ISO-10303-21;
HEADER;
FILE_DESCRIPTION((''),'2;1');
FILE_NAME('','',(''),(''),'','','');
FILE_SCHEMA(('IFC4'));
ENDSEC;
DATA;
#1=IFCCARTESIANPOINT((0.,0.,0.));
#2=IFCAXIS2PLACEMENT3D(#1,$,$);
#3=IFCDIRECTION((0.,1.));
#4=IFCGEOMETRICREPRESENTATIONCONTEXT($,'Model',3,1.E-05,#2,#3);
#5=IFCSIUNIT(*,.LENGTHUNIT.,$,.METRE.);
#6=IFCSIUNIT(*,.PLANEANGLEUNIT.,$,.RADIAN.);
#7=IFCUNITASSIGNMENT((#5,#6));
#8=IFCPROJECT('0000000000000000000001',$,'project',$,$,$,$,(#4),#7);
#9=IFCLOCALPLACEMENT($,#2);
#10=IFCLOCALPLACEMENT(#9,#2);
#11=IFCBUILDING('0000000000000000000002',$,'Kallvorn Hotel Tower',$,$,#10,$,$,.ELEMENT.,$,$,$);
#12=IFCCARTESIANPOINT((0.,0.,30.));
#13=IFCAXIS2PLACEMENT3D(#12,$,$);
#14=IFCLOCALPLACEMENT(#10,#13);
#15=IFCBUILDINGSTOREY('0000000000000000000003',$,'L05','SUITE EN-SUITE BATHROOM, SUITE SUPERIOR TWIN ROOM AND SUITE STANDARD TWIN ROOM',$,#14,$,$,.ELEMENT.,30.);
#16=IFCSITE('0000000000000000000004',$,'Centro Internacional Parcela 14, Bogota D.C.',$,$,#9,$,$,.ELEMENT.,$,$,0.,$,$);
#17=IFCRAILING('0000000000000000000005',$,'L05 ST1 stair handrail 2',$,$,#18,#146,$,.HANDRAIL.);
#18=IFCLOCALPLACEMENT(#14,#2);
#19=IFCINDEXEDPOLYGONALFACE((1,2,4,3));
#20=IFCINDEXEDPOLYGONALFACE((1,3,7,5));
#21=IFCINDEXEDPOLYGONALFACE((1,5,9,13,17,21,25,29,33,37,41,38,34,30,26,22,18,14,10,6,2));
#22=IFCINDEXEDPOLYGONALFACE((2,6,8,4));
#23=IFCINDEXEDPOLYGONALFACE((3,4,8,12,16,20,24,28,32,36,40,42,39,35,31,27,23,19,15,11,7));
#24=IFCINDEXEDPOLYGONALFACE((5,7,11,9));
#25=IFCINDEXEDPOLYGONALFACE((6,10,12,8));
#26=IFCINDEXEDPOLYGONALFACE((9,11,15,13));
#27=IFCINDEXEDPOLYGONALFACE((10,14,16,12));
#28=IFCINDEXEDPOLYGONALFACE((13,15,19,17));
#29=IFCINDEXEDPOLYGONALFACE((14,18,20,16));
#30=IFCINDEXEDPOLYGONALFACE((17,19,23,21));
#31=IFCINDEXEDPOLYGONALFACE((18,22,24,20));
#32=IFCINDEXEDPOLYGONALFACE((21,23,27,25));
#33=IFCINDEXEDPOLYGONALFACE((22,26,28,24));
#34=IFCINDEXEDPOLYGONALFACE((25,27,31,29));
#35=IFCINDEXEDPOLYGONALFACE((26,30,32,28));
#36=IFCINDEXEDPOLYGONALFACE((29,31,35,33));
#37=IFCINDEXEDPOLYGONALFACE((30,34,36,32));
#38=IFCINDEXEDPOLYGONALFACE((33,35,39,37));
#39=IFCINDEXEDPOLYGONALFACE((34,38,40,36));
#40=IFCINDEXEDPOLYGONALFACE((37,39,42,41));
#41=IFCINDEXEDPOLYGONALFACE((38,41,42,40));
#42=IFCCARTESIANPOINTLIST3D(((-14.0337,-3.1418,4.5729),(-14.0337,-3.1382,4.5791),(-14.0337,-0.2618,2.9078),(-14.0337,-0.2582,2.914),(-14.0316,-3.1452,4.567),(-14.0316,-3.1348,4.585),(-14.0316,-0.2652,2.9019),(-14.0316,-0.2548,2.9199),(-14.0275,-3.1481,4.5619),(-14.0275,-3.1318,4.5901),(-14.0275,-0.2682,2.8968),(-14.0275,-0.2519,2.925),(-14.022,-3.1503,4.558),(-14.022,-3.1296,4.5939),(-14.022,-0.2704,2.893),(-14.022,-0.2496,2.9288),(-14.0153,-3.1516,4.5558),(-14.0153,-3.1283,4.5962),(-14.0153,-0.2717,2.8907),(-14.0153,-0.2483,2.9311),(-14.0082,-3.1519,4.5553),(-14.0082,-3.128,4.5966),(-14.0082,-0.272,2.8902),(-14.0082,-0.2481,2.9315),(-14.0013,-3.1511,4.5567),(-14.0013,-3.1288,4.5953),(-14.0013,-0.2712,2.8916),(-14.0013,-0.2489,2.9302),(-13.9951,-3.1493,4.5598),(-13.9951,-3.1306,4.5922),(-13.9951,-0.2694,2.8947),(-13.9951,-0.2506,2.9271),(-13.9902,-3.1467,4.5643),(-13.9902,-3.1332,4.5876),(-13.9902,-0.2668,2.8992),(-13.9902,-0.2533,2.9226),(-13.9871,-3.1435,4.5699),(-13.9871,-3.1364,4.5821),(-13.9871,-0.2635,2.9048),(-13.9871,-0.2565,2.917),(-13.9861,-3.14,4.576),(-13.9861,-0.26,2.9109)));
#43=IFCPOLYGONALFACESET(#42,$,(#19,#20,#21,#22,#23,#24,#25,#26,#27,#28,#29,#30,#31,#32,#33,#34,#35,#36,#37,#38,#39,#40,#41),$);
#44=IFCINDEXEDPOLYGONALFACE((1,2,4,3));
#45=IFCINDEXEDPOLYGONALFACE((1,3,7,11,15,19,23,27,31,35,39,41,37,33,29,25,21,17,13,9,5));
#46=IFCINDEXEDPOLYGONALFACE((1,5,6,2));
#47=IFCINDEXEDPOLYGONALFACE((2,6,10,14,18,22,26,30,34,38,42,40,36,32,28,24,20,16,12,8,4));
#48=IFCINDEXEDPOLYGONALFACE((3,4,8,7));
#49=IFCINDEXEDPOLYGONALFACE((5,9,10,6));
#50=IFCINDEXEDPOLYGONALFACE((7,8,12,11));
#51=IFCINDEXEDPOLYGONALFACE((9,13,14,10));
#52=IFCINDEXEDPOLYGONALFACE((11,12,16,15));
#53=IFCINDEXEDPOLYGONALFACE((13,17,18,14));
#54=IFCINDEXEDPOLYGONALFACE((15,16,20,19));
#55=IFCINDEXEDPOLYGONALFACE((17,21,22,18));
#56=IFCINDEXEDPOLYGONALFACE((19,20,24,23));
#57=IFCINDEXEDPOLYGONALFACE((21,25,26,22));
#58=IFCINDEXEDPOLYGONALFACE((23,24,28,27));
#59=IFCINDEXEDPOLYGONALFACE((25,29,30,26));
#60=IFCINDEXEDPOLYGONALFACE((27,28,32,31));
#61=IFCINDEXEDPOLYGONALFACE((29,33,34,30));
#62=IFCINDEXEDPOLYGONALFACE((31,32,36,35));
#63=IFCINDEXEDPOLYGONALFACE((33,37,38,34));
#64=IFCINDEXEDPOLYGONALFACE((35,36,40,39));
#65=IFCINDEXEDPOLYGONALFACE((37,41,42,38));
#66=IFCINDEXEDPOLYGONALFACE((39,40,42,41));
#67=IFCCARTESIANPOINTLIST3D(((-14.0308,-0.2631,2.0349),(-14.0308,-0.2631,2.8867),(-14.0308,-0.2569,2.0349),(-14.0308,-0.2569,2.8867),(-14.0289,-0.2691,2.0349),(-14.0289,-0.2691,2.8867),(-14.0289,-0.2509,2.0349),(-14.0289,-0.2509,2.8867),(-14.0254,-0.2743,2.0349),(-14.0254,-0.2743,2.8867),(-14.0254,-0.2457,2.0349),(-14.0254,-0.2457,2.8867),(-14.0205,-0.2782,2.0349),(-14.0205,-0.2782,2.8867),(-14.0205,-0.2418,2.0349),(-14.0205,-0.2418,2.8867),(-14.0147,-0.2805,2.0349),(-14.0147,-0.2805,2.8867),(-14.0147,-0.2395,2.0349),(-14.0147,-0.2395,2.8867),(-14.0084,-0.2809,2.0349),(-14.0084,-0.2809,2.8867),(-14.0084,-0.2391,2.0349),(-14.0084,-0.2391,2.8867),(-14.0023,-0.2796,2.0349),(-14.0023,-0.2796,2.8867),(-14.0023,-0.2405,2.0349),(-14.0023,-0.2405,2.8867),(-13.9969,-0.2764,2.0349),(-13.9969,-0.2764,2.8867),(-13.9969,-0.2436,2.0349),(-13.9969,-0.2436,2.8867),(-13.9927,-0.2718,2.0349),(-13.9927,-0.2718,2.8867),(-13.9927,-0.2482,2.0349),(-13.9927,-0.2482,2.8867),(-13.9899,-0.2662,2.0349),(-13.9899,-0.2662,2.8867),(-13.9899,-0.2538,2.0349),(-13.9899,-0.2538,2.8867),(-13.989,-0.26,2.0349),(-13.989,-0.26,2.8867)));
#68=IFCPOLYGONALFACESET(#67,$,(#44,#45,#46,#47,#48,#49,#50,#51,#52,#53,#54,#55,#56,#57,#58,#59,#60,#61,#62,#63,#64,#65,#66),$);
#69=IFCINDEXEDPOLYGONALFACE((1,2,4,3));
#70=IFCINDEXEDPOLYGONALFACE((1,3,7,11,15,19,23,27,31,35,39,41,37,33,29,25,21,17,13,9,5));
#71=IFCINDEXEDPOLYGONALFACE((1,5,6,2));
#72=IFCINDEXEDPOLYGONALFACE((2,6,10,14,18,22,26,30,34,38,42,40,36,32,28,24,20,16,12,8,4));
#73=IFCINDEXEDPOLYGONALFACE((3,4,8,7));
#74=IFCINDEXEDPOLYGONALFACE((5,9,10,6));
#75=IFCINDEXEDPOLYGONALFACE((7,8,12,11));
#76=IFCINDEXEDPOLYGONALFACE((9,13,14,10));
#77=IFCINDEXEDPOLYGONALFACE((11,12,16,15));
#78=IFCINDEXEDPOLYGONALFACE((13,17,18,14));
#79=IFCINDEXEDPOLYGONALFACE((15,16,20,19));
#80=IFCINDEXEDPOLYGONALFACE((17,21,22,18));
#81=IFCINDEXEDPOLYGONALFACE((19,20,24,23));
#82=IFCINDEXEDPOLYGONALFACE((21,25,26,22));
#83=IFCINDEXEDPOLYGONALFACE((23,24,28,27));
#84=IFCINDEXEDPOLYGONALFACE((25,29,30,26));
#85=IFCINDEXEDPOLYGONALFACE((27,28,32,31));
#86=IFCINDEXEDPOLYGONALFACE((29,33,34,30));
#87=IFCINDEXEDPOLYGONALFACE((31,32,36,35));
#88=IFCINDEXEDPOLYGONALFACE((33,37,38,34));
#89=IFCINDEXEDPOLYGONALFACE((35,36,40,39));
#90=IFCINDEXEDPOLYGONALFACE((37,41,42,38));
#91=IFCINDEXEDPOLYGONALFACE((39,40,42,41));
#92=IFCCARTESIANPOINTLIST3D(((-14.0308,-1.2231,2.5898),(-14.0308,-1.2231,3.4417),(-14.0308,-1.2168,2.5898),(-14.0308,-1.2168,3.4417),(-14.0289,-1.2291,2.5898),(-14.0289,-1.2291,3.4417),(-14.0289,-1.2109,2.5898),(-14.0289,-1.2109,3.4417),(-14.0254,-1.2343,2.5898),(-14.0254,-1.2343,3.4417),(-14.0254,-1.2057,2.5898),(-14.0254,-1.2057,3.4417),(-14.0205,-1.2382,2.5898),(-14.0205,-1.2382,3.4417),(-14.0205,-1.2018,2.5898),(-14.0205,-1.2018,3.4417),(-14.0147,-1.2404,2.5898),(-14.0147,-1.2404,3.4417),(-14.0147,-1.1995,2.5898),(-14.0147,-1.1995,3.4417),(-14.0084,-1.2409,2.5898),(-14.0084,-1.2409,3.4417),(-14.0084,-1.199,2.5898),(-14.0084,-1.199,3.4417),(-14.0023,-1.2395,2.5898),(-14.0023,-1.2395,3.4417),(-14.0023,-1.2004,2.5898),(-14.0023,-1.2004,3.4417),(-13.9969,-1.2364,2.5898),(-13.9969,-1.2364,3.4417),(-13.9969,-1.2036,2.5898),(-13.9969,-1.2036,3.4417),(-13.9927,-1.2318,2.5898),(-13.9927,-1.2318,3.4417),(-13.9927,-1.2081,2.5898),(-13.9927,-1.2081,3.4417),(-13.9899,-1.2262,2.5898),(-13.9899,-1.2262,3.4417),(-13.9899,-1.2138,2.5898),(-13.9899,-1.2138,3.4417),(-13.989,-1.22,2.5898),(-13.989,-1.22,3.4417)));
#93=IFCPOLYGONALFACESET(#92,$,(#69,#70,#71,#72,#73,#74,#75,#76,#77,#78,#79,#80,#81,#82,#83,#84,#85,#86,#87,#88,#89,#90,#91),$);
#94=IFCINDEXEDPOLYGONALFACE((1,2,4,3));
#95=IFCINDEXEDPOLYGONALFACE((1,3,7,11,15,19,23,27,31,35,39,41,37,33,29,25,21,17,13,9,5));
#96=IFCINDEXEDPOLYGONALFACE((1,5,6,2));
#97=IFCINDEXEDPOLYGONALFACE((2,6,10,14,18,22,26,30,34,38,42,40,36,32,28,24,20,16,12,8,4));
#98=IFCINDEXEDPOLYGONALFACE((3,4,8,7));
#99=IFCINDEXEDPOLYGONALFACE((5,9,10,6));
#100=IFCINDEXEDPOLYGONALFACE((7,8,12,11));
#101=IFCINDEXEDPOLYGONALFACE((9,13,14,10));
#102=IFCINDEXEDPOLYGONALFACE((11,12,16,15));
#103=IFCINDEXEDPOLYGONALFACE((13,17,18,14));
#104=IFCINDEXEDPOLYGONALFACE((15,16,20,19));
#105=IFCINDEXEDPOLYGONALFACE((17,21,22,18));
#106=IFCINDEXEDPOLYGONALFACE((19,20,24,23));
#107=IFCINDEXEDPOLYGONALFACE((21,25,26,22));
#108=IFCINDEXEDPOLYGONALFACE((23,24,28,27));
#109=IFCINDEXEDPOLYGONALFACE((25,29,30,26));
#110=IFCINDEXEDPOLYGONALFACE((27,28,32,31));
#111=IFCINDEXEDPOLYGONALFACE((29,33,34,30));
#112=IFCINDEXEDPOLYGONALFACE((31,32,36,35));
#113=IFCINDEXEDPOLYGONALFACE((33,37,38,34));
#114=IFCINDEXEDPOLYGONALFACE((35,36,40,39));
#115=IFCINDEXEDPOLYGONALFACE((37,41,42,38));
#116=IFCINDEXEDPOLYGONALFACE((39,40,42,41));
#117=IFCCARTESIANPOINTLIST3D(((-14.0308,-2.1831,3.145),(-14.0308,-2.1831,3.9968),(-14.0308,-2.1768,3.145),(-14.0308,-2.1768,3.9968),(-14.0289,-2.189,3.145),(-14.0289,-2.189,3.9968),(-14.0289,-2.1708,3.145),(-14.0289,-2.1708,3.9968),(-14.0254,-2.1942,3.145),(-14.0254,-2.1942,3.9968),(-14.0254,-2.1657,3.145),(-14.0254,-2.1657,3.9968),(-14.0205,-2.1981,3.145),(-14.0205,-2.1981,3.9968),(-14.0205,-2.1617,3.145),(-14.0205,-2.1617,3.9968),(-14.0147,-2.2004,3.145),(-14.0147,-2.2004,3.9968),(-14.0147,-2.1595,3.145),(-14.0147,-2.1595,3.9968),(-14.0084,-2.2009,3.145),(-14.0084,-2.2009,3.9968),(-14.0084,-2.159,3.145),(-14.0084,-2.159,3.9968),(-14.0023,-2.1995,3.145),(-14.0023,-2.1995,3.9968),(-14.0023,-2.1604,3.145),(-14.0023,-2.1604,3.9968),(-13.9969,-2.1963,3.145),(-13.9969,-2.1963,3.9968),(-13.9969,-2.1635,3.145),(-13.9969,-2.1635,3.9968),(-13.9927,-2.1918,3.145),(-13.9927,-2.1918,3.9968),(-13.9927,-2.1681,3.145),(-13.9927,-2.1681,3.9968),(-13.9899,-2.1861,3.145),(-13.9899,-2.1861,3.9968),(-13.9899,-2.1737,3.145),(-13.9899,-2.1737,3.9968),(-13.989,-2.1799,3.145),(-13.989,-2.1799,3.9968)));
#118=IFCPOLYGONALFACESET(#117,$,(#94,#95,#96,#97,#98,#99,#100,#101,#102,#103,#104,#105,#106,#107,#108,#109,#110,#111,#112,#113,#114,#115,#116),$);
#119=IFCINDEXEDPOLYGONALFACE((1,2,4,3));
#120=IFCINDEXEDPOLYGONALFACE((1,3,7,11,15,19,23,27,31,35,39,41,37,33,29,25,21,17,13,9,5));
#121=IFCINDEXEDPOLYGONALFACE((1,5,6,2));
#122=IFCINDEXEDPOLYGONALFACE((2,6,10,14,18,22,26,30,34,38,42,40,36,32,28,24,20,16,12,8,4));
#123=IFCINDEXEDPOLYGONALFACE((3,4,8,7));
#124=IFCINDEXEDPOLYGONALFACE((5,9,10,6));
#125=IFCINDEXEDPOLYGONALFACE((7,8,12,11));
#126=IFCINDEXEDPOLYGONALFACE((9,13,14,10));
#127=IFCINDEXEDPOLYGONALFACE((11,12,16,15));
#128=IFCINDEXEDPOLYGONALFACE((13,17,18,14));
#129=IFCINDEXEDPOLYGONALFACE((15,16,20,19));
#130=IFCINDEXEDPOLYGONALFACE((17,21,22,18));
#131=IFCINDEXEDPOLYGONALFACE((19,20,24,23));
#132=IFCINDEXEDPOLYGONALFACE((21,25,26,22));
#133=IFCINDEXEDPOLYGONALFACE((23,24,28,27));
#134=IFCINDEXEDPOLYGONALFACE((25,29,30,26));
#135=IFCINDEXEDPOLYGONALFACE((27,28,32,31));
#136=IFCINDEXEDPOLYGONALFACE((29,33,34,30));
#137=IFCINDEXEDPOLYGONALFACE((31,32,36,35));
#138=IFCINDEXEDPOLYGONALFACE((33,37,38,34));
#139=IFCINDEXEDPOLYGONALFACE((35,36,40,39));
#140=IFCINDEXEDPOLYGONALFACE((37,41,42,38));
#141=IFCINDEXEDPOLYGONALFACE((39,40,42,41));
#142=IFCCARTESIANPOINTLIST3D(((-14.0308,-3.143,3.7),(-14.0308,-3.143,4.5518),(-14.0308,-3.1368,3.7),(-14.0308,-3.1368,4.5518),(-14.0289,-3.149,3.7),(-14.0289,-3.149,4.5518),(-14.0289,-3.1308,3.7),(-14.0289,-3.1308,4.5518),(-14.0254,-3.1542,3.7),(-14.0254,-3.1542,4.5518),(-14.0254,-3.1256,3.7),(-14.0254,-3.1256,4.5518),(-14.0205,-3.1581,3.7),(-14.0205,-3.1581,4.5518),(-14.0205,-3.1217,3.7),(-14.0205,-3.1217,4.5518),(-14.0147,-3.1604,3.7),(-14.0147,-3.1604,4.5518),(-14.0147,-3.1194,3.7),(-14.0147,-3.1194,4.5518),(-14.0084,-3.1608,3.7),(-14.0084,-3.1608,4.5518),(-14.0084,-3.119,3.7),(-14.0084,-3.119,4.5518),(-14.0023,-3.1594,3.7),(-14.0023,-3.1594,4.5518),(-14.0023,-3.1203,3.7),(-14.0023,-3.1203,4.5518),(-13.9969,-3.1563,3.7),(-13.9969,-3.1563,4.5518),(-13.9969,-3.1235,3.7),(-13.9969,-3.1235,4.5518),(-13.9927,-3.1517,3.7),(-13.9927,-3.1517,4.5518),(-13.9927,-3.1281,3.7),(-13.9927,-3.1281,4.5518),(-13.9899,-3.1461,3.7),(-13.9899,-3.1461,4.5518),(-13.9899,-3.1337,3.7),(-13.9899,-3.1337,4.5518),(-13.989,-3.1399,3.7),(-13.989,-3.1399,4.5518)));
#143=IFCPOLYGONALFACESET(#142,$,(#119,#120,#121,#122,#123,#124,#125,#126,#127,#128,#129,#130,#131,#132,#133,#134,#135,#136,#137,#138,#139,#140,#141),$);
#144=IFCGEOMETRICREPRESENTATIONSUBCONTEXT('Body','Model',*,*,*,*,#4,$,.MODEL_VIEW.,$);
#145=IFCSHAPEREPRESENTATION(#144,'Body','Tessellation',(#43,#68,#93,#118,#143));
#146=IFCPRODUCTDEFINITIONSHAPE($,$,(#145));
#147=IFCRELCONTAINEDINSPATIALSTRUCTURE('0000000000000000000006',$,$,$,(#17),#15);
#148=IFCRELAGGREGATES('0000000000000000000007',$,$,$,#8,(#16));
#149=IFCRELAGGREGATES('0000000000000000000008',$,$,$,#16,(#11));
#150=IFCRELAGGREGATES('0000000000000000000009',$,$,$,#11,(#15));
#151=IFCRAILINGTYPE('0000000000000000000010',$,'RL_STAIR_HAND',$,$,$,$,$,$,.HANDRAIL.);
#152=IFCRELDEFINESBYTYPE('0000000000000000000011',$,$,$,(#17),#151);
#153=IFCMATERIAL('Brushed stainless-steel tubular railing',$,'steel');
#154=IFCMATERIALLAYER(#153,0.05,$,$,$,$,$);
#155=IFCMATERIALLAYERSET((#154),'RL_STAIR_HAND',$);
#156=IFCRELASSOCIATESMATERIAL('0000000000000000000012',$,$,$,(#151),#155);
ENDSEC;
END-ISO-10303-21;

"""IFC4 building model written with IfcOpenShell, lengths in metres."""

from ifc_helpers import new_model, si_unit, direction, frame, origin, origin_2d, place, context, subcontext, project, spatial, circle, extrude, material, layer, layer_set, type_object, element, save


model = new_model("IFC4")

# Units and contexts
model_context = context("Model", 3, precision=1e-05, world=origin(), true_north=direction((0.0, 1.0)))
body_context = subcontext(model_context, "Body", "Model", "MODEL_VIEW")
ifc_project = project(units=[si_unit("LENGTHUNIT", "METRE"), si_unit("PLANEANGLEUNIT", "RADIAN")], contexts=[model_context])

# Site, building, storey
site_placement = place(None, origin())
site = spatial("IfcSite", under=ifc_project, at=site_placement, Name="Centro Internacional Parcela 14, Bogota D.C.", CompositionType="ELEMENT", RefElevation=0.0)
building_placement = place(site_placement, origin())
building = spatial("IfcBuilding", under=site, at=building_placement, Name="Kallvorn Hotel Tower", CompositionType="ELEMENT")
storey_placement = place(building_placement, frame((0.0, 0.0, 30.0)))
storey = spatial("IfcBuildingStorey", under=building, at=storey_placement, Name="L05", Description="SUITE EN-SUITE BATHROOM, SUITE SUPERIOR TWIN ROOM AND SUITE STANDARD TWIN ROOM", CompositionType="ELEMENT", Elevation=30.0)

# Railing
ifc_material_1 = material(Name="Brushed stainless-steel tubular railing", Category="steel")
ifc_layer_1 = layer(ifc_material_1, 0.05)
ifc_layer_set_1 = layer_set([ifc_layer_1], Name="RL_STAIR_HAND")
railing_type_1 = type_object("IfcRailingType", Name="RL_STAIR_HAND", PredefinedType="HANDRAIL", material=ifc_layer_set_1)
railing_1_placement = place(storey_placement, frame((-14.01, -0.26, 2.0349)))
element("IfcRailing", 1, at=railing_1_placement, inside=storey, type_object=railing_type_1, Name="L05 ST1 stair handrail 2", PredefinedType="HANDRAIL", context=body_context, shape_type="SweptSolid", body=[
    extrude(circle(Radius=0.0239, at=origin_2d()), frame((0.0, 0.0, 0.876), z_axis=(0.0, -0.865721, 0.500527), x_axis=(1.0, 0.0, 0.0)), (0.0, 0.0, 1.0), 3.3267),
    extrude(circle(Radius=0.021, at=origin_2d()), origin(), (0.0, 0.0, 1.0), 0.8518),
    extrude(circle(Radius=0.021, at=origin_2d()), frame((0.0, -0.96, 0.5549)), (0.0, 0.0, 1.0), 0.8518),
    extrude(circle(Radius=0.021, at=origin_2d()), frame((0.0, -1.9199, 1.1101)), (0.0, 0.0, 1.0), 0.8518),
    extrude(circle(Radius=0.021, at=origin_2d()), frame((0.0, -2.8799, 1.665)), (0.0, 0.0, 1.0), 0.8518),
])

save(model, "model.ifc")
